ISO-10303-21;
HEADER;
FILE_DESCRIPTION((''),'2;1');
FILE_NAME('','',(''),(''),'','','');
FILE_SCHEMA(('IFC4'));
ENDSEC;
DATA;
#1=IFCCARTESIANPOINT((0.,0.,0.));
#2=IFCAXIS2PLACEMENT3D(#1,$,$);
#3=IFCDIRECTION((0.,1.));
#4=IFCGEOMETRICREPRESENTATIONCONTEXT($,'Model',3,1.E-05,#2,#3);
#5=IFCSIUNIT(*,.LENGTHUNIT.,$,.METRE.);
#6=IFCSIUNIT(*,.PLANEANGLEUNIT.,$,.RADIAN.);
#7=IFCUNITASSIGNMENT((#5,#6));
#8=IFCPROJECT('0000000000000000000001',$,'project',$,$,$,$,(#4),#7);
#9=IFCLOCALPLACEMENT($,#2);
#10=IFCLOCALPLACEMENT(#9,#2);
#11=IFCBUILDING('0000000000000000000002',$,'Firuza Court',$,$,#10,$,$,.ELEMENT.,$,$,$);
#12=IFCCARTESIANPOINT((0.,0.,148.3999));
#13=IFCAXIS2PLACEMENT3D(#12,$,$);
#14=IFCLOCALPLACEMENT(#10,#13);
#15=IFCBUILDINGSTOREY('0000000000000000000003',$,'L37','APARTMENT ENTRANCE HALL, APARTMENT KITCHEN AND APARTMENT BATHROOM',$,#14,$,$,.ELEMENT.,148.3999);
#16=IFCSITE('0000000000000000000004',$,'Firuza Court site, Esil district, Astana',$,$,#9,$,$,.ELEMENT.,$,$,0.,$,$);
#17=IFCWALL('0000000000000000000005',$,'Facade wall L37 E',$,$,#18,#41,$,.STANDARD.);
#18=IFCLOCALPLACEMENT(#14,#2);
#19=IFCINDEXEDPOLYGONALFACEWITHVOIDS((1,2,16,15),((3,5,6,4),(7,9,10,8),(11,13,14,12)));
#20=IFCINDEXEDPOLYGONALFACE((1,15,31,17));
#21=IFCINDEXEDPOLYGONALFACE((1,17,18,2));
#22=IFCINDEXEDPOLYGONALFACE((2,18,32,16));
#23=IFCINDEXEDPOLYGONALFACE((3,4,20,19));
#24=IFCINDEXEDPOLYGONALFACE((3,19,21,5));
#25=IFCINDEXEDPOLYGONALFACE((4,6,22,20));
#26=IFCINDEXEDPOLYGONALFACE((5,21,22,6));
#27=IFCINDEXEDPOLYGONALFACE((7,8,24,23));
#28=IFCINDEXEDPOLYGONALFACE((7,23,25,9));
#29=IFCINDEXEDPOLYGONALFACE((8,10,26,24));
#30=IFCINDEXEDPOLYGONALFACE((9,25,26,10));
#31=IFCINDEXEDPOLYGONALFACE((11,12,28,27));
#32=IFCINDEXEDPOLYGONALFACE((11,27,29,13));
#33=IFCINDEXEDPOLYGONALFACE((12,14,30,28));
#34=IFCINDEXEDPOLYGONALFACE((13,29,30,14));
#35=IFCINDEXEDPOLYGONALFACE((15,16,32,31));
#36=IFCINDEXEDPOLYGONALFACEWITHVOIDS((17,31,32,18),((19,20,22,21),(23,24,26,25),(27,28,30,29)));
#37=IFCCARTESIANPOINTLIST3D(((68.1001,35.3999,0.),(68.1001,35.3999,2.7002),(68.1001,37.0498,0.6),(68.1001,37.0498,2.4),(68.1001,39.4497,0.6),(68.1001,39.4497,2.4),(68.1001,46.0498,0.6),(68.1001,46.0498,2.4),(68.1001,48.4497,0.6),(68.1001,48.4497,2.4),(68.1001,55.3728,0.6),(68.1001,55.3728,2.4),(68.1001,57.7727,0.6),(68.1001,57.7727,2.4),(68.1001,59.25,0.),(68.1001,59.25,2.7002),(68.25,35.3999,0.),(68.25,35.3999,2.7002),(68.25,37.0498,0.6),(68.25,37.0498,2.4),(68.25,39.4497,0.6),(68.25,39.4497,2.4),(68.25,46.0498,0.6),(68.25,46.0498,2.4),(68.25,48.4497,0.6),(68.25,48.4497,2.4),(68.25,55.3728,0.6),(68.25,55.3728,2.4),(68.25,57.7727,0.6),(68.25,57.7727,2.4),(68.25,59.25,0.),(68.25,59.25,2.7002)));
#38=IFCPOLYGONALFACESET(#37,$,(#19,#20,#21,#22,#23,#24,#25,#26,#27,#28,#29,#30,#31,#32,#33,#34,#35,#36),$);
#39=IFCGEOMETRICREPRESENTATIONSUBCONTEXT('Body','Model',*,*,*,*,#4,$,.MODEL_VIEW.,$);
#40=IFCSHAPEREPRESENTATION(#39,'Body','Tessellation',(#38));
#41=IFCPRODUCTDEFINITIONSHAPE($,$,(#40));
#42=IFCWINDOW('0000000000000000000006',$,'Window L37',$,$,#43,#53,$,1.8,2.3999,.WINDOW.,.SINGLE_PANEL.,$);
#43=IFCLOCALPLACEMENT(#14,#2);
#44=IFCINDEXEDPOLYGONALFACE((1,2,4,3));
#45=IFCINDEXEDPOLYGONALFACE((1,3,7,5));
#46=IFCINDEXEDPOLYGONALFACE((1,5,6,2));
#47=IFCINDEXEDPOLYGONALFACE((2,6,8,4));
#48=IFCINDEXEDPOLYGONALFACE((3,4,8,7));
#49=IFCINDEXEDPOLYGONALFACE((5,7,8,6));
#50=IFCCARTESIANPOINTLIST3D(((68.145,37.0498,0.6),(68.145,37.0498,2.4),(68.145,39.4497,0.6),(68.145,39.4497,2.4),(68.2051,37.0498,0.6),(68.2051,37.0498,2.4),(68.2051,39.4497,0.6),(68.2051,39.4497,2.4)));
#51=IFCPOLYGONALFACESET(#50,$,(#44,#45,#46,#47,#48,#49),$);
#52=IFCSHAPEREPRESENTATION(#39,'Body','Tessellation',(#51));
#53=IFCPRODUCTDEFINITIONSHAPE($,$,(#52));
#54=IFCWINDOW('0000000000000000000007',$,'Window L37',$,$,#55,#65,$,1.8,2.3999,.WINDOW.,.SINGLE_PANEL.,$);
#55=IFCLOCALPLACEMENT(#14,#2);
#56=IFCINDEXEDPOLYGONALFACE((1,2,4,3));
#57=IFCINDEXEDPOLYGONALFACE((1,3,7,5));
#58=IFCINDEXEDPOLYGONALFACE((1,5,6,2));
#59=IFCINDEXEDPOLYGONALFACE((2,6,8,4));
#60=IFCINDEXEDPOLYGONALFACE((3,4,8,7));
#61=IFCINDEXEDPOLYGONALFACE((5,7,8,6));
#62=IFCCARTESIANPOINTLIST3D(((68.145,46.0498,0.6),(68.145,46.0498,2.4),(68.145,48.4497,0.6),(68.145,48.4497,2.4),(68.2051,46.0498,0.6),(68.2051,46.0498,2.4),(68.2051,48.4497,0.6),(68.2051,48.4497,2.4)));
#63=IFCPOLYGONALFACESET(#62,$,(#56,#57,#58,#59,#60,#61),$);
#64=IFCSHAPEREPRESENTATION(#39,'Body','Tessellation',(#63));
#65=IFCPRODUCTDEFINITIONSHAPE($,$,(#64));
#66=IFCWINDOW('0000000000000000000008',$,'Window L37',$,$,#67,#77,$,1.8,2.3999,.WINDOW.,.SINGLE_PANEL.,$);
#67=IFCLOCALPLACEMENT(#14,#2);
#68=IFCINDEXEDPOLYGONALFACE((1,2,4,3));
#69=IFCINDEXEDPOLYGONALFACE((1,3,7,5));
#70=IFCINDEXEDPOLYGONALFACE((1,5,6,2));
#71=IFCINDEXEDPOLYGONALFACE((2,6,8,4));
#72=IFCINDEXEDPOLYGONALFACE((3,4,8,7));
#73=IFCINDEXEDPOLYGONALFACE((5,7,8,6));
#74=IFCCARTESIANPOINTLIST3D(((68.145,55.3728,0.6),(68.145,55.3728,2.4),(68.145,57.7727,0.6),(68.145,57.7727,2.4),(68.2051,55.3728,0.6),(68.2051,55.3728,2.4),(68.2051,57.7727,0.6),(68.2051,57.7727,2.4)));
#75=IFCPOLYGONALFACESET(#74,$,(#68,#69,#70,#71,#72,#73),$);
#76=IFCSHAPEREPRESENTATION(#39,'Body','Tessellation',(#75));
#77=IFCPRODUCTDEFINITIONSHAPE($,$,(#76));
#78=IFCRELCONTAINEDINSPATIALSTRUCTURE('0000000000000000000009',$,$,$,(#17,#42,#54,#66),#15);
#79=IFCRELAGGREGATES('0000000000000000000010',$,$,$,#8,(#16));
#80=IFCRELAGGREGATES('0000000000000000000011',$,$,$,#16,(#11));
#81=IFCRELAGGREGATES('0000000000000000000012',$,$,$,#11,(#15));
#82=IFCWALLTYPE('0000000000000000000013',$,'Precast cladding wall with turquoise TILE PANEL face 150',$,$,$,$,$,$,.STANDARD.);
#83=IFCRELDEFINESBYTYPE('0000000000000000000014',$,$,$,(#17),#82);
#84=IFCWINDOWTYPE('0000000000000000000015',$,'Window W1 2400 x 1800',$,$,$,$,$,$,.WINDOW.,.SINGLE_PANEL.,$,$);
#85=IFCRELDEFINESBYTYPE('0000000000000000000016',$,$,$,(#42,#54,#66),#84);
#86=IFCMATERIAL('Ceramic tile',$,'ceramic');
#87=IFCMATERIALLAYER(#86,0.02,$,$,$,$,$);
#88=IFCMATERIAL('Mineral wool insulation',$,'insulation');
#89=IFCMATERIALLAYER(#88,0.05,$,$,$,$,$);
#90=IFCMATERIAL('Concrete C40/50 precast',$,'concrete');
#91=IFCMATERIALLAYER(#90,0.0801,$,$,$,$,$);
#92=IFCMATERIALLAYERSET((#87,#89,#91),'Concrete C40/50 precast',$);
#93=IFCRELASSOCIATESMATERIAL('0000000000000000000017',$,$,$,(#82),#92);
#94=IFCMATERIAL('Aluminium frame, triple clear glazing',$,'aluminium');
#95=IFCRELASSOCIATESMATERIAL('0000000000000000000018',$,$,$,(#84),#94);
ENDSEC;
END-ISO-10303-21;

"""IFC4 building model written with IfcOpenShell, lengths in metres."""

from ifc_helpers import new_model, si_unit, direction, frame, frame_2d, origin, place, context, subcontext, project, spatial, rectangle, extrude, material, layer, layer_set, type_object, element, fill, save


model = new_model("IFC4")

# Units and contexts
model_context = context("Model", 3, precision=1e-05, world=origin(), true_north=direction((0.0, 1.0)))
body_context = subcontext(model_context, "Body", "Model", "MODEL_VIEW")
ifc_project = project(units=[si_unit("LENGTHUNIT", "METRE"), si_unit("PLANEANGLEUNIT", "RADIAN")], contexts=[model_context])

# Site, building, storey
site_placement = place(None, origin())
site = spatial("IfcSite", under=ifc_project, at=site_placement, Name="Firuza Court site, Esil district, Astana", CompositionType="ELEMENT", RefElevation=0.0)
building_placement = place(site_placement, origin())
building = spatial("IfcBuilding", under=site, at=building_placement, Name="Firuza Court", CompositionType="ELEMENT")
storey_placement = place(building_placement, frame((0.0, 0.0, 148.3999)))
storey = spatial("IfcBuildingStorey", under=building, at=storey_placement, Name="L37", Description="APARTMENT ENTRANCE HALL, APARTMENT KITCHEN AND APARTMENT BATHROOM", CompositionType="ELEMENT", Elevation=148.3999)

# Wall, openings, windows
ifc_material_1 = material(Name="Ceramic tile", Category="ceramic")
ifc_layer_1 = layer(ifc_material_1, 0.02)
ifc_material_2 = material(Name="Mineral wool insulation", Category="insulation")
ifc_layer_2 = layer(ifc_material_2, 0.05)
ifc_material_3 = material(Name="Concrete C40/50 precast", Category="concrete")
ifc_layer_3 = layer(ifc_material_3, 0.0801)
ifc_layer_set_1 = layer_set([ifc_layer_1, ifc_layer_2, ifc_layer_3], Name="Concrete C40/50 precast")
wall_type_1 = type_object("IfcWallType", Name="Precast cladding wall with turquoise TILE PANEL face 150", PredefinedType="STANDARD", material=ifc_layer_set_1)
wall_1_placement = place(storey_placement, frame((68.175, 35.3999, 0.0), z_axis=(0.0, 0.0, 1.0), x_axis=(0.0, 1.0, 0.0)))
wall_1 = element("IfcWall", 1, at=wall_1_placement, inside=storey, type_object=wall_type_1, Name="Facade wall L37 E", PredefinedType="STANDARD", context=body_context, shape_type="SweptSolid", body=[
    extrude(rectangle(XDim=23.8501, YDim=0.1499, at=frame_2d((11.925, 0.0))), origin(), (0.0, 0.0, 1.0), 2.7002),
])
opening_1_placement = place(wall_1_placement, frame((1.6499, 0.0, 0.6001)))
opening_1 = element("IfcOpeningElement", 2, at=opening_1_placement, cuts=wall_1, PredefinedType="OPENING", context=body_context, shape_type="SweptSolid", body=[
    extrude(rectangle(XDim=2.3999, YDim=1.8, at=frame_2d((1.2, 0.8999))), frame((0.0, 0.0869, 0.0), z_axis=(0.0, -1.0, 0.0), x_axis=(1.0, 0.0, 0.0)), (0.0, 0.0, 1.0), 0.1738),
])
opening_2_placement = place(wall_1_placement, frame((10.6499, 0.0, 0.6001)))
opening_2 = element("IfcOpeningElement", 3, at=opening_2_placement, cuts=wall_1, PredefinedType="OPENING", context=body_context, shape_type="SweptSolid", body=[
    extrude(rectangle(XDim=2.3999, YDim=1.8, at=frame_2d((1.2, 0.8999))), frame((0.0, 0.0869, 0.0), z_axis=(0.0, -1.0, 0.0), x_axis=(1.0, 0.0, 0.0)), (0.0, 0.0, 1.0), 0.1738),
])
opening_3_placement = place(wall_1_placement, frame((19.9729, 0.0, 0.6001)))
opening_3 = element("IfcOpeningElement", 4, at=opening_3_placement, cuts=wall_1, PredefinedType="OPENING", context=body_context, shape_type="SweptSolid", body=[
    extrude(rectangle(XDim=2.3999, YDim=1.8, at=frame_2d((1.2, 0.8999))), frame((0.0, 0.0869, 0.0), z_axis=(0.0, -1.0, 0.0), x_axis=(1.0, 0.0, 0.0)), (0.0, 0.0, 1.0), 0.1738),
])
ifc_material_4 = material(Name="Aluminium frame, triple clear glazing", Category="aluminium")
window_type = type_object("IfcWindowType", Name="Window W1 2400 x 1800", PartitioningType="SINGLE_PANEL", PredefinedType="WINDOW", material=ifc_material_4)
window_1_placement = place(opening_1_placement, origin())
window_1 = element("IfcWindow", 5, at=window_1_placement, inside=storey, type_object=window_type, Name="Window L37", OverallHeight=1.8, OverallWidth=2.3999, PartitioningType="SINGLE_PANEL", PredefinedType="WINDOW", context=body_context, shape_type="SweptSolid", body=[
    extrude(rectangle(XDim=2.3999, YDim=1.8, at=frame_2d((1.2, 0.8999))), frame((0.0, 0.03, 0.0), z_axis=(0.0, -1.0, 0.0), x_axis=(1.0, 0.0, 0.0)), (0.0, 0.0, 1.0), 0.0601),
])
fill(opening_1, window_1)
window_2_placement = place(opening_2_placement, origin())
window_2 = element("IfcWindow", 6, at=window_2_placement, inside=storey, type_object=window_type, Name="Window L37", OverallHeight=1.8, OverallWidth=2.3999, PartitioningType="SINGLE_PANEL", PredefinedType="WINDOW", context=body_context, shape_type="SweptSolid", body=[
    extrude(rectangle(XDim=2.3999, YDim=1.8, at=frame_2d((1.2, 0.8999))), frame((0.0, 0.03, 0.0), z_axis=(0.0, -1.0, 0.0), x_axis=(1.0, 0.0, 0.0)), (0.0, 0.0, 1.0), 0.0601),
])
fill(opening_2, window_2)
window_3_placement = place(opening_3_placement, origin())
window_3 = element("IfcWindow", 7, at=window_3_placement, inside=storey, type_object=window_type, Name="Window L37", OverallHeight=1.8, OverallWidth=2.3999, PartitioningType="SINGLE_PANEL", PredefinedType="WINDOW", context=body_context, shape_type="SweptSolid", body=[
    extrude(rectangle(XDim=2.3999, YDim=1.8, at=frame_2d((1.2, 0.8999))), frame((0.0, 0.03, 0.0), z_axis=(0.0, -1.0, 0.0), x_axis=(1.0, 0.0, 0.0)), (0.0, 0.0, 1.0), 0.0601),
])
fill(opening_3, window_3)

save(model, "model.ifc")
